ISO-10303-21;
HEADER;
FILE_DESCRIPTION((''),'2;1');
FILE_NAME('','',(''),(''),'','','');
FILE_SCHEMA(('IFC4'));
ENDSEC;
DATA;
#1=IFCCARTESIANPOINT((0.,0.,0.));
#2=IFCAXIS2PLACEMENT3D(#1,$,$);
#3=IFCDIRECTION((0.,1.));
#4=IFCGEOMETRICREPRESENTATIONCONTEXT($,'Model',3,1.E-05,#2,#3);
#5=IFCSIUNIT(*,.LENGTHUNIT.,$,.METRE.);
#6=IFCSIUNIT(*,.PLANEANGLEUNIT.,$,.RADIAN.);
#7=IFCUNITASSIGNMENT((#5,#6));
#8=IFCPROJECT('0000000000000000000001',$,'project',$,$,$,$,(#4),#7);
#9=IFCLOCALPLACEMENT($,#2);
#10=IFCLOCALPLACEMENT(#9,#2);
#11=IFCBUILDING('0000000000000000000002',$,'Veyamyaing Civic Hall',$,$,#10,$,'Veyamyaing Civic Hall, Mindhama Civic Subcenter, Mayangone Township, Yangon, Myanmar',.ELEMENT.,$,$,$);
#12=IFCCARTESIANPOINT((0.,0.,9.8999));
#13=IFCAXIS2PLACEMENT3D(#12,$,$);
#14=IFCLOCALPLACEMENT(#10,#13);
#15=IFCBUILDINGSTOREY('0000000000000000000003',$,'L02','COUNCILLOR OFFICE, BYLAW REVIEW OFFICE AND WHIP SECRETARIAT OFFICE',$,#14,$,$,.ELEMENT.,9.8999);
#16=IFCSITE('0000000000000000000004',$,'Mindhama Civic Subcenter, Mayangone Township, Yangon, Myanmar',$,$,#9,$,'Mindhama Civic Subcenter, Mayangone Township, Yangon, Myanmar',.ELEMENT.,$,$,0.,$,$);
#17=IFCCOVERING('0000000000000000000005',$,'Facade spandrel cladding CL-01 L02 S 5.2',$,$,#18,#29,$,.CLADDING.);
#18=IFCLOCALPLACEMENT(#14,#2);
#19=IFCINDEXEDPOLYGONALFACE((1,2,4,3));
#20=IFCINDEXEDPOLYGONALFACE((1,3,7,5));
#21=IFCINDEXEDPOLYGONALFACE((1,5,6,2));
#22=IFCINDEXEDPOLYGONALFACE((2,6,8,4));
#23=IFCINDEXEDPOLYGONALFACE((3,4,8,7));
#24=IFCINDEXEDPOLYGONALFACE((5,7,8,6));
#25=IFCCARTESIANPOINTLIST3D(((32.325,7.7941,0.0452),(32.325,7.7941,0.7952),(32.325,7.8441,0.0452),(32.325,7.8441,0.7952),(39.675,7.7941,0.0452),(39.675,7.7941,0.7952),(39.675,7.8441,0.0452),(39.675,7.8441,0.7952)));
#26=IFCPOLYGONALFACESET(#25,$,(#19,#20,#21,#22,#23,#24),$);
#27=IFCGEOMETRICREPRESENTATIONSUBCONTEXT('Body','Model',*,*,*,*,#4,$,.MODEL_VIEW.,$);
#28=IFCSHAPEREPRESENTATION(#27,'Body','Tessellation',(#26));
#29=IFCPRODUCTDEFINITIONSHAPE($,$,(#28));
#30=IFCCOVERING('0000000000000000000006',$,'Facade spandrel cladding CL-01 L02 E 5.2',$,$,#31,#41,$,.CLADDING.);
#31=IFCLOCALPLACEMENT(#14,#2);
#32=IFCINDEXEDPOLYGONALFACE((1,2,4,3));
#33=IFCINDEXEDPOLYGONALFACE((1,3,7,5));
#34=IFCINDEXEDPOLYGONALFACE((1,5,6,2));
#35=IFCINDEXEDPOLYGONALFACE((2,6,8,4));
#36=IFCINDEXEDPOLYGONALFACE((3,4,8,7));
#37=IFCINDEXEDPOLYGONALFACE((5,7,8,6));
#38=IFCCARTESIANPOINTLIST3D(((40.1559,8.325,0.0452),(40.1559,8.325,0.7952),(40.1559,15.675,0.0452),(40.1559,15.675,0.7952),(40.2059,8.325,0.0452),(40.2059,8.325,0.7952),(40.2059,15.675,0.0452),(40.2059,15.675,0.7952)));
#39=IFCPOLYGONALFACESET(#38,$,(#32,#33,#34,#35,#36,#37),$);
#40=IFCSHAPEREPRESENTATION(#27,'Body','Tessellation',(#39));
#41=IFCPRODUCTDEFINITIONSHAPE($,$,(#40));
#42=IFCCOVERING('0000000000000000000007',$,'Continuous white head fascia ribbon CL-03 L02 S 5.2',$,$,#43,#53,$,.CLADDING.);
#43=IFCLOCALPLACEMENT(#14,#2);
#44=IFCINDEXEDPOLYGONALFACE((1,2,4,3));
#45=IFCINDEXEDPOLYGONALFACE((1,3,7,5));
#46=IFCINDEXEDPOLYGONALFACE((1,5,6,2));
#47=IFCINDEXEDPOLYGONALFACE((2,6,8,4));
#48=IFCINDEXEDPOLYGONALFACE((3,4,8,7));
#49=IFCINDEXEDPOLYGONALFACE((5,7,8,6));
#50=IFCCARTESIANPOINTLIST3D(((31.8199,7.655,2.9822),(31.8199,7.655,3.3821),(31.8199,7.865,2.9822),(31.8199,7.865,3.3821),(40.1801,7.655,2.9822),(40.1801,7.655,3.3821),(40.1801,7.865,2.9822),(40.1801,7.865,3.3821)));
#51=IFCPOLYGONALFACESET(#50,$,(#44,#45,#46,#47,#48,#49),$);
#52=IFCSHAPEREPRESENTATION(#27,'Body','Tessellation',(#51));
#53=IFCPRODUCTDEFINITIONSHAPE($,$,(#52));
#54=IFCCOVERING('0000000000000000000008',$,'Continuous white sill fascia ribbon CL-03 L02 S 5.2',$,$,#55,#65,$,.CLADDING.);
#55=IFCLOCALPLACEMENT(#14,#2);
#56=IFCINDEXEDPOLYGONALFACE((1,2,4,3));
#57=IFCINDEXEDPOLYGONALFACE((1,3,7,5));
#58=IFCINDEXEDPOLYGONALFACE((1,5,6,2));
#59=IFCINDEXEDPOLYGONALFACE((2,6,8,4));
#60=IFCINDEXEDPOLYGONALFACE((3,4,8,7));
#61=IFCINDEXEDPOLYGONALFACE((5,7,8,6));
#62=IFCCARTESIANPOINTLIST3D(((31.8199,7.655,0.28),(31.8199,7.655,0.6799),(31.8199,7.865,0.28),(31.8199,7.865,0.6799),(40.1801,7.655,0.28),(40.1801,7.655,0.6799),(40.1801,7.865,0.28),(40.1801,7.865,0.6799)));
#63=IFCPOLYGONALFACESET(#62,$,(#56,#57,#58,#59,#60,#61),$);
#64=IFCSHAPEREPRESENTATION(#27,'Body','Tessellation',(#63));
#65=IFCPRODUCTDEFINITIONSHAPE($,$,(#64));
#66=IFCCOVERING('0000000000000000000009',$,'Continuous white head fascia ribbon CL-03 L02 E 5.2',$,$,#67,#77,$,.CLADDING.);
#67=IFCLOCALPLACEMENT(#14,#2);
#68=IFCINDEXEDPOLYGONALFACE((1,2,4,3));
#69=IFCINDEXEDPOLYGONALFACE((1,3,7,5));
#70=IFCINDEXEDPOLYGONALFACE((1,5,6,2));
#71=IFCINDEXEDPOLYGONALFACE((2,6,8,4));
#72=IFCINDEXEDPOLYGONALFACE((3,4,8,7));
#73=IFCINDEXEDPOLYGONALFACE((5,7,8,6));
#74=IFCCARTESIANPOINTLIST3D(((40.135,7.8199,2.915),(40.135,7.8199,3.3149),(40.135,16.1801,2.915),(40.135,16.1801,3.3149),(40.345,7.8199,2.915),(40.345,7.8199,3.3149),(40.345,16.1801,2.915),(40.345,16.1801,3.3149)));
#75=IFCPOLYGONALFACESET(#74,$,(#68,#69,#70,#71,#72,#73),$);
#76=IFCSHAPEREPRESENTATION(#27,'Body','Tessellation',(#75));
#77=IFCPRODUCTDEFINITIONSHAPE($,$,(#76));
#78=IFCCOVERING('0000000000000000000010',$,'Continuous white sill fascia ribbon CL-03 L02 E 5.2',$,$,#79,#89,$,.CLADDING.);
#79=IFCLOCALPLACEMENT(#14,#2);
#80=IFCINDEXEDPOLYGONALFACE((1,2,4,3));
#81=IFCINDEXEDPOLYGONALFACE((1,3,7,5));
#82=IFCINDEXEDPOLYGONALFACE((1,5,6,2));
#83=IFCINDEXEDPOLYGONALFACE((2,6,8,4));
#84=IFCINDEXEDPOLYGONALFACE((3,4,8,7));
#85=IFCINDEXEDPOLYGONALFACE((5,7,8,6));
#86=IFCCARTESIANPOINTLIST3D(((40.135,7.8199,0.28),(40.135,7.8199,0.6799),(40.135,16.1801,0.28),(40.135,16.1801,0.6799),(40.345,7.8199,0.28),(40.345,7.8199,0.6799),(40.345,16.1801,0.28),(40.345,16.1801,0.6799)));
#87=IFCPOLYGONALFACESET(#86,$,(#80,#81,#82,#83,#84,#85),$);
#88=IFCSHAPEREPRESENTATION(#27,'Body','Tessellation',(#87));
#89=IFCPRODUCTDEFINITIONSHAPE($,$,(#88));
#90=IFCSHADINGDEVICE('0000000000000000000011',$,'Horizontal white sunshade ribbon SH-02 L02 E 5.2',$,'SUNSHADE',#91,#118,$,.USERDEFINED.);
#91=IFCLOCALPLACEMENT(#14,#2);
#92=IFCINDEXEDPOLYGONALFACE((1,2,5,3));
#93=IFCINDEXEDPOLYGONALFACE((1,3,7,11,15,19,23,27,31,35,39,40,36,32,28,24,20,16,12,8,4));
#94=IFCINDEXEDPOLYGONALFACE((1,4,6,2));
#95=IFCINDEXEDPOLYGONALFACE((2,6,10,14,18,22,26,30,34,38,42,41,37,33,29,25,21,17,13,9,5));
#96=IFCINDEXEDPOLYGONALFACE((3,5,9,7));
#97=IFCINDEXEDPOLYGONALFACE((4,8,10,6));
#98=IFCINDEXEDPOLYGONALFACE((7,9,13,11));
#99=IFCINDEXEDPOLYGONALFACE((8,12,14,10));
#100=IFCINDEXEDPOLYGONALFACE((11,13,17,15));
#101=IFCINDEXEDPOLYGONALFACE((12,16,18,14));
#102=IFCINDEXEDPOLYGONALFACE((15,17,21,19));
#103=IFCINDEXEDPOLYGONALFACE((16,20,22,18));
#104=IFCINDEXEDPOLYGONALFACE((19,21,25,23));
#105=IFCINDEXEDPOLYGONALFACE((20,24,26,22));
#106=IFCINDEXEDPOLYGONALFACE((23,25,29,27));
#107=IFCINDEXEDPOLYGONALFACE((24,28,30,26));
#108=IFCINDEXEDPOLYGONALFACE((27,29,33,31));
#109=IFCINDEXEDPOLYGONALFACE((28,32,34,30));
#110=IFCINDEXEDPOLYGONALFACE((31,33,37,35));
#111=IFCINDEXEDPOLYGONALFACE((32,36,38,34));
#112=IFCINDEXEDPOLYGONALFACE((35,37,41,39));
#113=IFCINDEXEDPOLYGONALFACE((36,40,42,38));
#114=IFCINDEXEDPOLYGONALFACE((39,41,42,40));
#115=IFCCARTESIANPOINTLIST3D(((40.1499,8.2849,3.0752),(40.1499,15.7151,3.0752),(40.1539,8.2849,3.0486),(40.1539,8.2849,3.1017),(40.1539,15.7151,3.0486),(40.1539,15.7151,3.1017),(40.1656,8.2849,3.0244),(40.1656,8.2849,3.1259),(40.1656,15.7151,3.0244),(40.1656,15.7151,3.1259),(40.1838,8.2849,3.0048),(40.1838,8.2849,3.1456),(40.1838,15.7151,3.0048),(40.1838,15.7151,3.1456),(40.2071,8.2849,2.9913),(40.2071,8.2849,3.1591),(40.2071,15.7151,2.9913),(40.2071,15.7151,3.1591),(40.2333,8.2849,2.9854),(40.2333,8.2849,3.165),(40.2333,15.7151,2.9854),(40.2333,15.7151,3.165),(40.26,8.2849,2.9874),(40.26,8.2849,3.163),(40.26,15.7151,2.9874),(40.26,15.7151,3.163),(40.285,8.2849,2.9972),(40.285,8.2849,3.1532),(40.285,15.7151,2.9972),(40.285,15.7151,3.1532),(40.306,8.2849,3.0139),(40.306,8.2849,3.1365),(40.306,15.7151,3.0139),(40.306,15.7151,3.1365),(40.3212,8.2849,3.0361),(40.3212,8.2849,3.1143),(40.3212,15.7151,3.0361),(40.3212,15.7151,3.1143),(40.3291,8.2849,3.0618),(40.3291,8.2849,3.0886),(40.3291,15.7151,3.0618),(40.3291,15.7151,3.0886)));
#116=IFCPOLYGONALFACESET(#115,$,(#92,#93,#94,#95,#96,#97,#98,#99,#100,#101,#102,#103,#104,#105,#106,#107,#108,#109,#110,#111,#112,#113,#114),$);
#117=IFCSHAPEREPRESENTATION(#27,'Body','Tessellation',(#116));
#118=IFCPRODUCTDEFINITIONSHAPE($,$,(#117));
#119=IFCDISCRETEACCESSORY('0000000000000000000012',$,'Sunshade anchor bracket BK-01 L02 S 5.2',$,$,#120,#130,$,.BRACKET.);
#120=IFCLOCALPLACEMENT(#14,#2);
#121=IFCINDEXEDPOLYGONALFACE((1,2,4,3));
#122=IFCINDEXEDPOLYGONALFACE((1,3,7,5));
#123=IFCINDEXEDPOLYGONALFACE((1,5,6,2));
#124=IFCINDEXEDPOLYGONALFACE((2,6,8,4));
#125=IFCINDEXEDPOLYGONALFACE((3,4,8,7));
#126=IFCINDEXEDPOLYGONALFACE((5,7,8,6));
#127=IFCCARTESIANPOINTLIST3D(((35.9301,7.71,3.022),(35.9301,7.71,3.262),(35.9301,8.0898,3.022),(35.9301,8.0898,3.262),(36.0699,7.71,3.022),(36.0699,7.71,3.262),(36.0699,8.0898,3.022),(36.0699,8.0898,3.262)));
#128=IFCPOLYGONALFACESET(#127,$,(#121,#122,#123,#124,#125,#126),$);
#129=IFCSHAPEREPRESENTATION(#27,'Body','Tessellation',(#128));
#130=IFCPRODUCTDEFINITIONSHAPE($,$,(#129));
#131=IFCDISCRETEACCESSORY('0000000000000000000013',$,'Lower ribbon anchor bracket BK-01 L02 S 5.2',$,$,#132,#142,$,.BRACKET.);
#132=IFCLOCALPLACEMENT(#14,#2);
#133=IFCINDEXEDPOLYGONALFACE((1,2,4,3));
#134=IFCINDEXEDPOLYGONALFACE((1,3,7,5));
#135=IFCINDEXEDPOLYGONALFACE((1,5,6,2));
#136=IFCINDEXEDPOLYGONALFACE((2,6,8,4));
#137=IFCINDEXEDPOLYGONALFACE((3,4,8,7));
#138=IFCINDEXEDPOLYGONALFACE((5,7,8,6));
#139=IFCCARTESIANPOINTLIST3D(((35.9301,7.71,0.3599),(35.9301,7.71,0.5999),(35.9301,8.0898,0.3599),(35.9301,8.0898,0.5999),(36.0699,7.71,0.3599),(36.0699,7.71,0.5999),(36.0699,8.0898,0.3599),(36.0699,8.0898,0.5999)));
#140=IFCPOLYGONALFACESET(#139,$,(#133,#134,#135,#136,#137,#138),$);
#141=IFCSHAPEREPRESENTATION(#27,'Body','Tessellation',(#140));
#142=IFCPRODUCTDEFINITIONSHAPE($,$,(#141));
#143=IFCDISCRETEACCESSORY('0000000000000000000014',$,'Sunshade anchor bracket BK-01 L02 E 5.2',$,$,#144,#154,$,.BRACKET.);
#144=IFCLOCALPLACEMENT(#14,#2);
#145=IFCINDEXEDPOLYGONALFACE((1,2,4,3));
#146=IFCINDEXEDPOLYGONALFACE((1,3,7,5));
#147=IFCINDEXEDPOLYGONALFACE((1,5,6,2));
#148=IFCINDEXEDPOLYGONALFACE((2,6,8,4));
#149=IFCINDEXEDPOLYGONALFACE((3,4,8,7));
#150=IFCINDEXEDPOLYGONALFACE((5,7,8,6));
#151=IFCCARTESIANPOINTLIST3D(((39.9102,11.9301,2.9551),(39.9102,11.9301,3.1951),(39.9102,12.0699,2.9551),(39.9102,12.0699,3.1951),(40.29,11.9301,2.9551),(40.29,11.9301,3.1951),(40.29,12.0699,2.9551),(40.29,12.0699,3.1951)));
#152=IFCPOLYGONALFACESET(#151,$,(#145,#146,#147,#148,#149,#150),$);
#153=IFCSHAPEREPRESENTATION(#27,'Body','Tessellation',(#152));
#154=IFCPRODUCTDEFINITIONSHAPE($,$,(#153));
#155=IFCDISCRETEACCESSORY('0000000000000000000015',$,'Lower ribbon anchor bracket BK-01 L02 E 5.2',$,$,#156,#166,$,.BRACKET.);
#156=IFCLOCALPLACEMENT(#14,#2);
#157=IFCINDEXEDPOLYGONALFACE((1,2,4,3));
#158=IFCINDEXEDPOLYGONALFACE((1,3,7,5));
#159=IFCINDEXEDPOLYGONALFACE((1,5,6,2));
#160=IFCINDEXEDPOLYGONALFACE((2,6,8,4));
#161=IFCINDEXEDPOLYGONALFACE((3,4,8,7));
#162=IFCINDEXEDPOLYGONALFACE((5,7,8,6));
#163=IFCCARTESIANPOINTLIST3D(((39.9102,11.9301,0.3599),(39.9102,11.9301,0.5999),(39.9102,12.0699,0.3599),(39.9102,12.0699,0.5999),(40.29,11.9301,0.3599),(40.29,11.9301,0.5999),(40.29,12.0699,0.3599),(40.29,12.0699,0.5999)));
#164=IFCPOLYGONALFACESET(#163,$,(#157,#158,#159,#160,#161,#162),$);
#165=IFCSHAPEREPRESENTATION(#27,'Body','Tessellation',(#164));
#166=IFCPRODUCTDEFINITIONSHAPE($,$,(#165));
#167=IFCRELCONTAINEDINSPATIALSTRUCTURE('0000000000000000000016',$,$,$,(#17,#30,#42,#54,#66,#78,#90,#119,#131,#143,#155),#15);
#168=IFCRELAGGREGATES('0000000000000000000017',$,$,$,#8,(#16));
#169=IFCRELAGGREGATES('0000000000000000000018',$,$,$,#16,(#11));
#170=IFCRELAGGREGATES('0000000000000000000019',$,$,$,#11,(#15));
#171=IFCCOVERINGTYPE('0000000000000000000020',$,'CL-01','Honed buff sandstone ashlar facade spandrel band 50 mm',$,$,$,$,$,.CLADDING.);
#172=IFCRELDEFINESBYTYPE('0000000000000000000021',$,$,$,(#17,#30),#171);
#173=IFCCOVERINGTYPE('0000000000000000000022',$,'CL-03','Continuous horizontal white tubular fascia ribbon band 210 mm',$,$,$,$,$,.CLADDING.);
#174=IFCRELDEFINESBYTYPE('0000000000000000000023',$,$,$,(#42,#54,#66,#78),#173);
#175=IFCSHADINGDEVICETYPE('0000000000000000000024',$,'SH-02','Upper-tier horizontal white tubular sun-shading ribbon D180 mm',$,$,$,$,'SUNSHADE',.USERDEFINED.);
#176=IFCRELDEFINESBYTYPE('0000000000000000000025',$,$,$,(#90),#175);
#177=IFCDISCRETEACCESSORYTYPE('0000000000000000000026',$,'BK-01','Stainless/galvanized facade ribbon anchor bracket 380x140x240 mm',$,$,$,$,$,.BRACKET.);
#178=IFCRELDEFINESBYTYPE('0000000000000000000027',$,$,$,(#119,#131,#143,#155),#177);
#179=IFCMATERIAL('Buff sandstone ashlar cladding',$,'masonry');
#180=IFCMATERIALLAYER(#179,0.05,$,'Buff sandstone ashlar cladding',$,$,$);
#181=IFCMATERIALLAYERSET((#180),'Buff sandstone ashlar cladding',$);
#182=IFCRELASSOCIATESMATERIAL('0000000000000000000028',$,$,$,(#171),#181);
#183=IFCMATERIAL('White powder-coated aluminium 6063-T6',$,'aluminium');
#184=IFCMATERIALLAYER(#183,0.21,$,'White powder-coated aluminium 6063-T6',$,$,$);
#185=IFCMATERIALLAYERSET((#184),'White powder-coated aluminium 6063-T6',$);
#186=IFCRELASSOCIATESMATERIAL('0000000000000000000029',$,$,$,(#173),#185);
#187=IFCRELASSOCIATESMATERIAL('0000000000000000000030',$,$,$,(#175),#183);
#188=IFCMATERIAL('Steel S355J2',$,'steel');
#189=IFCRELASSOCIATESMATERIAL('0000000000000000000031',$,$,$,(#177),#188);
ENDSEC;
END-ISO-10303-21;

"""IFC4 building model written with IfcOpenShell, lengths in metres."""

from ifc_helpers import new_model, si_unit, direction, frame, origin, origin_2d, place, context, subcontext, project, spatial, rectangle, circle, extrude, material, layer, layer_set, material_profile, profile_set, type_object, element, save


model = new_model("IFC4")

# Units and contexts
model_context = context("Model", 3, precision=1e-05, world=origin(), true_north=direction((0.0, 1.0)))
body_context = subcontext(model_context, "Body", "Model", "MODEL_VIEW")
ifc_project = project(units=[si_unit("LENGTHUNIT", "METRE"), si_unit("PLANEANGLEUNIT", "RADIAN")], contexts=[model_context])

# Site, building, storey
site_placement = place(None, origin())
site = spatial("IfcSite", under=ifc_project, at=site_placement, Name="Mindhama Civic Subcenter, Mayangone Township, Yangon, Myanmar", LongName="Mindhama Civic Subcenter, Mayangone Township, Yangon, Myanmar", CompositionType="ELEMENT", RefElevation=0.0)
building_placement = place(site_placement, origin())
building = spatial("IfcBuilding", under=site, at=building_placement, Name="Veyamyaing Civic Hall", LongName="Veyamyaing Civic Hall, Mindhama Civic Subcenter, Mayangone Township, Yangon, Myanmar", CompositionType="ELEMENT")
storey_placement = place(building_placement, frame((0.0, 0.0, 9.8999)))
storey = spatial("IfcBuildingStorey", under=building, at=storey_placement, Name="L02", Description="COUNCILLOR OFFICE, BYLAW REVIEW OFFICE AND WHIP SECRETARIAT OFFICE", CompositionType="ELEMENT", Elevation=9.8999)

# Coverings
ifc_material_1 = material(Name="Buff sandstone ashlar cladding", Category="masonry")
ifc_layer_1 = layer(ifc_material_1, 0.05, Name="Buff sandstone ashlar cladding")
ifc_layer_set_1 = layer_set([ifc_layer_1], Name="Buff sandstone ashlar cladding")
covering_type_1 = type_object("IfcCoveringType", Name="CL-01", Description="Honed buff sandstone ashlar facade spandrel band 50 mm", PredefinedType="CLADDING", material=ifc_layer_set_1)
for number, where, z_axis, x_axis, name in (
    (1, (36.0, 7.8191, 0.0452), (0.0, 0.0, 1.0), (1.0, 0.0, 0.0), "Facade spandrel cladding CL-01 L02 S 5.2"),
    (2, (40.1809, 12.0, 0.0452), (0.0, 0.0, 1.0), (0.0, 1.0, 0.0), "Facade spandrel cladding CL-01 L02 E 5.2"),
):
    element("IfcCovering", number, at=place(storey_placement, frame(where, z_axis=z_axis, x_axis=x_axis)), inside=storey, type_object=covering_type_1, Name=name, PredefinedType="CLADDING", context=body_context, shape_type="SweptSolid", body=[
        extrude(rectangle(XDim=7.3501, YDim=0.05, at=origin_2d()), origin(), (0.0, 0.0, 1.0), 0.75),
    ])
ifc_material_2 = material(Name="White powder-coated aluminium 6063-T6", Category="aluminium")
ifc_layer_2 = layer(ifc_material_2, 0.21, Name="White powder-coated aluminium 6063-T6")
ifc_layer_set_2 = layer_set([ifc_layer_2], Name="White powder-coated aluminium 6063-T6")
covering_type_2 = type_object("IfcCoveringType", Name="CL-03", Description="Continuous horizontal white tubular fascia ribbon band 210 mm", PredefinedType="CLADDING", material=ifc_layer_set_2)
for number, where, z_axis, x_axis, name in (
    (3, (36.0, 7.76, 2.9822), (0.0, 0.0, 1.0), (1.0, 0.0, 0.0), "Continuous white head fascia ribbon CL-03 L02 S 5.2"),
    (4, (36.0, 7.76, 0.28), (0.0, 0.0, 1.0), (1.0, 0.0, 0.0), "Continuous white sill fascia ribbon CL-03 L02 S 5.2"),
    (5, (40.24, 12.0, 2.915), (0.0, 0.0, 1.0), (0.0, 1.0, 0.0), "Continuous white head fascia ribbon CL-03 L02 E 5.2"),
    (6, (40.24, 12.0, 0.28), (0.0, 0.0, 1.0), (0.0, 1.0, 0.0), "Continuous white sill fascia ribbon CL-03 L02 E 5.2"),
):
    element("IfcCovering", number, at=place(storey_placement, frame(where, z_axis=z_axis, x_axis=x_axis)), inside=storey, type_object=covering_type_2, Name=name, PredefinedType="CLADDING", context=body_context, shape_type="SweptSolid", body=[
        extrude(rectangle(XDim=8.3601, YDim=0.21, at=origin_2d()), origin(), (0.0, 0.0, 1.0), 0.3999),
    ])

# Shading device
ifc_material_profile_1 = material_profile(ifc_material_2, circle(Radius=0.0901, at=origin_2d()), Name="SHADE-TUBE-180")
ifc_profile_set_1 = profile_set([ifc_material_profile_1], Name="White powder-coated aluminium 6063-T6")
shading_device_type = type_object("IfcShadingDeviceType", Name="SH-02", Description="Upper-tier horizontal white tubular sun-shading ribbon D180 mm", ElementType="SUNSHADE", PredefinedType="USERDEFINED", material=ifc_profile_set_1)
shading_device_placement = place(storey_placement, frame((40.24, 8.2849, 3.0752), z_axis=(0.0, 1.0, 0.0), x_axis=(-1.0, 0.0, 0.0)))
element("IfcShadingDevice", 7, at=shading_device_placement, inside=storey, type_object=shading_device_type, Name="Horizontal white sunshade ribbon SH-02 L02 E 5.2", ObjectType="SUNSHADE", PredefinedType="USERDEFINED", context=body_context, shape_type="SweptSolid", body=[
    extrude(circle(Radius=0.0901, at=origin_2d()), origin(), (0.0, 0.0, 1.0), 7.4302),
])

# Discrete accessories
ifc_material_3 = material(Name="Steel S355J2", Category="steel")
discrete_accessory_type = type_object("IfcDiscreteAccessoryType", Name="BK-01", Description="Stainless/galvanized facade ribbon anchor bracket 380x140x240 mm", PredefinedType="BRACKET", material=ifc_material_3)
for number, where, z_axis, x_axis, name in (
    (8, (36.0, 7.8999, 3.022), (0.0, 0.0, 1.0), (0.0, -1.0, 0.0), "Sunshade anchor bracket BK-01 L02 S 5.2"),
    (9, (36.0, 7.8999, 0.3599), (0.0, 0.0, 1.0), (0.0, -1.0, 0.0), "Lower ribbon anchor bracket BK-01 L02 S 5.2"),
    (10, (40.1001, 12.0, 2.9551), (0.0, 0.0, 1.0), (1.0, 0.0, 0.0), "Sunshade anchor bracket BK-01 L02 E 5.2"),
    (11, (40.1001, 12.0, 0.3599), (0.0, 0.0, 1.0), (1.0, 0.0, 0.0), "Lower ribbon anchor bracket BK-01 L02 E 5.2"),
):
    element("IfcDiscreteAccessory", number, at=place(storey_placement, frame(where, z_axis=z_axis, x_axis=x_axis)), inside=storey, type_object=discrete_accessory_type, Name=name, PredefinedType="BRACKET", context=body_context, shape_type="SweptSolid", body=[
        extrude(rectangle(XDim=0.3799, YDim=0.1399, at=origin_2d()), origin(), (0.0, 0.0, 1.0), 0.24),
    ])

save(model, "model.ifc")
